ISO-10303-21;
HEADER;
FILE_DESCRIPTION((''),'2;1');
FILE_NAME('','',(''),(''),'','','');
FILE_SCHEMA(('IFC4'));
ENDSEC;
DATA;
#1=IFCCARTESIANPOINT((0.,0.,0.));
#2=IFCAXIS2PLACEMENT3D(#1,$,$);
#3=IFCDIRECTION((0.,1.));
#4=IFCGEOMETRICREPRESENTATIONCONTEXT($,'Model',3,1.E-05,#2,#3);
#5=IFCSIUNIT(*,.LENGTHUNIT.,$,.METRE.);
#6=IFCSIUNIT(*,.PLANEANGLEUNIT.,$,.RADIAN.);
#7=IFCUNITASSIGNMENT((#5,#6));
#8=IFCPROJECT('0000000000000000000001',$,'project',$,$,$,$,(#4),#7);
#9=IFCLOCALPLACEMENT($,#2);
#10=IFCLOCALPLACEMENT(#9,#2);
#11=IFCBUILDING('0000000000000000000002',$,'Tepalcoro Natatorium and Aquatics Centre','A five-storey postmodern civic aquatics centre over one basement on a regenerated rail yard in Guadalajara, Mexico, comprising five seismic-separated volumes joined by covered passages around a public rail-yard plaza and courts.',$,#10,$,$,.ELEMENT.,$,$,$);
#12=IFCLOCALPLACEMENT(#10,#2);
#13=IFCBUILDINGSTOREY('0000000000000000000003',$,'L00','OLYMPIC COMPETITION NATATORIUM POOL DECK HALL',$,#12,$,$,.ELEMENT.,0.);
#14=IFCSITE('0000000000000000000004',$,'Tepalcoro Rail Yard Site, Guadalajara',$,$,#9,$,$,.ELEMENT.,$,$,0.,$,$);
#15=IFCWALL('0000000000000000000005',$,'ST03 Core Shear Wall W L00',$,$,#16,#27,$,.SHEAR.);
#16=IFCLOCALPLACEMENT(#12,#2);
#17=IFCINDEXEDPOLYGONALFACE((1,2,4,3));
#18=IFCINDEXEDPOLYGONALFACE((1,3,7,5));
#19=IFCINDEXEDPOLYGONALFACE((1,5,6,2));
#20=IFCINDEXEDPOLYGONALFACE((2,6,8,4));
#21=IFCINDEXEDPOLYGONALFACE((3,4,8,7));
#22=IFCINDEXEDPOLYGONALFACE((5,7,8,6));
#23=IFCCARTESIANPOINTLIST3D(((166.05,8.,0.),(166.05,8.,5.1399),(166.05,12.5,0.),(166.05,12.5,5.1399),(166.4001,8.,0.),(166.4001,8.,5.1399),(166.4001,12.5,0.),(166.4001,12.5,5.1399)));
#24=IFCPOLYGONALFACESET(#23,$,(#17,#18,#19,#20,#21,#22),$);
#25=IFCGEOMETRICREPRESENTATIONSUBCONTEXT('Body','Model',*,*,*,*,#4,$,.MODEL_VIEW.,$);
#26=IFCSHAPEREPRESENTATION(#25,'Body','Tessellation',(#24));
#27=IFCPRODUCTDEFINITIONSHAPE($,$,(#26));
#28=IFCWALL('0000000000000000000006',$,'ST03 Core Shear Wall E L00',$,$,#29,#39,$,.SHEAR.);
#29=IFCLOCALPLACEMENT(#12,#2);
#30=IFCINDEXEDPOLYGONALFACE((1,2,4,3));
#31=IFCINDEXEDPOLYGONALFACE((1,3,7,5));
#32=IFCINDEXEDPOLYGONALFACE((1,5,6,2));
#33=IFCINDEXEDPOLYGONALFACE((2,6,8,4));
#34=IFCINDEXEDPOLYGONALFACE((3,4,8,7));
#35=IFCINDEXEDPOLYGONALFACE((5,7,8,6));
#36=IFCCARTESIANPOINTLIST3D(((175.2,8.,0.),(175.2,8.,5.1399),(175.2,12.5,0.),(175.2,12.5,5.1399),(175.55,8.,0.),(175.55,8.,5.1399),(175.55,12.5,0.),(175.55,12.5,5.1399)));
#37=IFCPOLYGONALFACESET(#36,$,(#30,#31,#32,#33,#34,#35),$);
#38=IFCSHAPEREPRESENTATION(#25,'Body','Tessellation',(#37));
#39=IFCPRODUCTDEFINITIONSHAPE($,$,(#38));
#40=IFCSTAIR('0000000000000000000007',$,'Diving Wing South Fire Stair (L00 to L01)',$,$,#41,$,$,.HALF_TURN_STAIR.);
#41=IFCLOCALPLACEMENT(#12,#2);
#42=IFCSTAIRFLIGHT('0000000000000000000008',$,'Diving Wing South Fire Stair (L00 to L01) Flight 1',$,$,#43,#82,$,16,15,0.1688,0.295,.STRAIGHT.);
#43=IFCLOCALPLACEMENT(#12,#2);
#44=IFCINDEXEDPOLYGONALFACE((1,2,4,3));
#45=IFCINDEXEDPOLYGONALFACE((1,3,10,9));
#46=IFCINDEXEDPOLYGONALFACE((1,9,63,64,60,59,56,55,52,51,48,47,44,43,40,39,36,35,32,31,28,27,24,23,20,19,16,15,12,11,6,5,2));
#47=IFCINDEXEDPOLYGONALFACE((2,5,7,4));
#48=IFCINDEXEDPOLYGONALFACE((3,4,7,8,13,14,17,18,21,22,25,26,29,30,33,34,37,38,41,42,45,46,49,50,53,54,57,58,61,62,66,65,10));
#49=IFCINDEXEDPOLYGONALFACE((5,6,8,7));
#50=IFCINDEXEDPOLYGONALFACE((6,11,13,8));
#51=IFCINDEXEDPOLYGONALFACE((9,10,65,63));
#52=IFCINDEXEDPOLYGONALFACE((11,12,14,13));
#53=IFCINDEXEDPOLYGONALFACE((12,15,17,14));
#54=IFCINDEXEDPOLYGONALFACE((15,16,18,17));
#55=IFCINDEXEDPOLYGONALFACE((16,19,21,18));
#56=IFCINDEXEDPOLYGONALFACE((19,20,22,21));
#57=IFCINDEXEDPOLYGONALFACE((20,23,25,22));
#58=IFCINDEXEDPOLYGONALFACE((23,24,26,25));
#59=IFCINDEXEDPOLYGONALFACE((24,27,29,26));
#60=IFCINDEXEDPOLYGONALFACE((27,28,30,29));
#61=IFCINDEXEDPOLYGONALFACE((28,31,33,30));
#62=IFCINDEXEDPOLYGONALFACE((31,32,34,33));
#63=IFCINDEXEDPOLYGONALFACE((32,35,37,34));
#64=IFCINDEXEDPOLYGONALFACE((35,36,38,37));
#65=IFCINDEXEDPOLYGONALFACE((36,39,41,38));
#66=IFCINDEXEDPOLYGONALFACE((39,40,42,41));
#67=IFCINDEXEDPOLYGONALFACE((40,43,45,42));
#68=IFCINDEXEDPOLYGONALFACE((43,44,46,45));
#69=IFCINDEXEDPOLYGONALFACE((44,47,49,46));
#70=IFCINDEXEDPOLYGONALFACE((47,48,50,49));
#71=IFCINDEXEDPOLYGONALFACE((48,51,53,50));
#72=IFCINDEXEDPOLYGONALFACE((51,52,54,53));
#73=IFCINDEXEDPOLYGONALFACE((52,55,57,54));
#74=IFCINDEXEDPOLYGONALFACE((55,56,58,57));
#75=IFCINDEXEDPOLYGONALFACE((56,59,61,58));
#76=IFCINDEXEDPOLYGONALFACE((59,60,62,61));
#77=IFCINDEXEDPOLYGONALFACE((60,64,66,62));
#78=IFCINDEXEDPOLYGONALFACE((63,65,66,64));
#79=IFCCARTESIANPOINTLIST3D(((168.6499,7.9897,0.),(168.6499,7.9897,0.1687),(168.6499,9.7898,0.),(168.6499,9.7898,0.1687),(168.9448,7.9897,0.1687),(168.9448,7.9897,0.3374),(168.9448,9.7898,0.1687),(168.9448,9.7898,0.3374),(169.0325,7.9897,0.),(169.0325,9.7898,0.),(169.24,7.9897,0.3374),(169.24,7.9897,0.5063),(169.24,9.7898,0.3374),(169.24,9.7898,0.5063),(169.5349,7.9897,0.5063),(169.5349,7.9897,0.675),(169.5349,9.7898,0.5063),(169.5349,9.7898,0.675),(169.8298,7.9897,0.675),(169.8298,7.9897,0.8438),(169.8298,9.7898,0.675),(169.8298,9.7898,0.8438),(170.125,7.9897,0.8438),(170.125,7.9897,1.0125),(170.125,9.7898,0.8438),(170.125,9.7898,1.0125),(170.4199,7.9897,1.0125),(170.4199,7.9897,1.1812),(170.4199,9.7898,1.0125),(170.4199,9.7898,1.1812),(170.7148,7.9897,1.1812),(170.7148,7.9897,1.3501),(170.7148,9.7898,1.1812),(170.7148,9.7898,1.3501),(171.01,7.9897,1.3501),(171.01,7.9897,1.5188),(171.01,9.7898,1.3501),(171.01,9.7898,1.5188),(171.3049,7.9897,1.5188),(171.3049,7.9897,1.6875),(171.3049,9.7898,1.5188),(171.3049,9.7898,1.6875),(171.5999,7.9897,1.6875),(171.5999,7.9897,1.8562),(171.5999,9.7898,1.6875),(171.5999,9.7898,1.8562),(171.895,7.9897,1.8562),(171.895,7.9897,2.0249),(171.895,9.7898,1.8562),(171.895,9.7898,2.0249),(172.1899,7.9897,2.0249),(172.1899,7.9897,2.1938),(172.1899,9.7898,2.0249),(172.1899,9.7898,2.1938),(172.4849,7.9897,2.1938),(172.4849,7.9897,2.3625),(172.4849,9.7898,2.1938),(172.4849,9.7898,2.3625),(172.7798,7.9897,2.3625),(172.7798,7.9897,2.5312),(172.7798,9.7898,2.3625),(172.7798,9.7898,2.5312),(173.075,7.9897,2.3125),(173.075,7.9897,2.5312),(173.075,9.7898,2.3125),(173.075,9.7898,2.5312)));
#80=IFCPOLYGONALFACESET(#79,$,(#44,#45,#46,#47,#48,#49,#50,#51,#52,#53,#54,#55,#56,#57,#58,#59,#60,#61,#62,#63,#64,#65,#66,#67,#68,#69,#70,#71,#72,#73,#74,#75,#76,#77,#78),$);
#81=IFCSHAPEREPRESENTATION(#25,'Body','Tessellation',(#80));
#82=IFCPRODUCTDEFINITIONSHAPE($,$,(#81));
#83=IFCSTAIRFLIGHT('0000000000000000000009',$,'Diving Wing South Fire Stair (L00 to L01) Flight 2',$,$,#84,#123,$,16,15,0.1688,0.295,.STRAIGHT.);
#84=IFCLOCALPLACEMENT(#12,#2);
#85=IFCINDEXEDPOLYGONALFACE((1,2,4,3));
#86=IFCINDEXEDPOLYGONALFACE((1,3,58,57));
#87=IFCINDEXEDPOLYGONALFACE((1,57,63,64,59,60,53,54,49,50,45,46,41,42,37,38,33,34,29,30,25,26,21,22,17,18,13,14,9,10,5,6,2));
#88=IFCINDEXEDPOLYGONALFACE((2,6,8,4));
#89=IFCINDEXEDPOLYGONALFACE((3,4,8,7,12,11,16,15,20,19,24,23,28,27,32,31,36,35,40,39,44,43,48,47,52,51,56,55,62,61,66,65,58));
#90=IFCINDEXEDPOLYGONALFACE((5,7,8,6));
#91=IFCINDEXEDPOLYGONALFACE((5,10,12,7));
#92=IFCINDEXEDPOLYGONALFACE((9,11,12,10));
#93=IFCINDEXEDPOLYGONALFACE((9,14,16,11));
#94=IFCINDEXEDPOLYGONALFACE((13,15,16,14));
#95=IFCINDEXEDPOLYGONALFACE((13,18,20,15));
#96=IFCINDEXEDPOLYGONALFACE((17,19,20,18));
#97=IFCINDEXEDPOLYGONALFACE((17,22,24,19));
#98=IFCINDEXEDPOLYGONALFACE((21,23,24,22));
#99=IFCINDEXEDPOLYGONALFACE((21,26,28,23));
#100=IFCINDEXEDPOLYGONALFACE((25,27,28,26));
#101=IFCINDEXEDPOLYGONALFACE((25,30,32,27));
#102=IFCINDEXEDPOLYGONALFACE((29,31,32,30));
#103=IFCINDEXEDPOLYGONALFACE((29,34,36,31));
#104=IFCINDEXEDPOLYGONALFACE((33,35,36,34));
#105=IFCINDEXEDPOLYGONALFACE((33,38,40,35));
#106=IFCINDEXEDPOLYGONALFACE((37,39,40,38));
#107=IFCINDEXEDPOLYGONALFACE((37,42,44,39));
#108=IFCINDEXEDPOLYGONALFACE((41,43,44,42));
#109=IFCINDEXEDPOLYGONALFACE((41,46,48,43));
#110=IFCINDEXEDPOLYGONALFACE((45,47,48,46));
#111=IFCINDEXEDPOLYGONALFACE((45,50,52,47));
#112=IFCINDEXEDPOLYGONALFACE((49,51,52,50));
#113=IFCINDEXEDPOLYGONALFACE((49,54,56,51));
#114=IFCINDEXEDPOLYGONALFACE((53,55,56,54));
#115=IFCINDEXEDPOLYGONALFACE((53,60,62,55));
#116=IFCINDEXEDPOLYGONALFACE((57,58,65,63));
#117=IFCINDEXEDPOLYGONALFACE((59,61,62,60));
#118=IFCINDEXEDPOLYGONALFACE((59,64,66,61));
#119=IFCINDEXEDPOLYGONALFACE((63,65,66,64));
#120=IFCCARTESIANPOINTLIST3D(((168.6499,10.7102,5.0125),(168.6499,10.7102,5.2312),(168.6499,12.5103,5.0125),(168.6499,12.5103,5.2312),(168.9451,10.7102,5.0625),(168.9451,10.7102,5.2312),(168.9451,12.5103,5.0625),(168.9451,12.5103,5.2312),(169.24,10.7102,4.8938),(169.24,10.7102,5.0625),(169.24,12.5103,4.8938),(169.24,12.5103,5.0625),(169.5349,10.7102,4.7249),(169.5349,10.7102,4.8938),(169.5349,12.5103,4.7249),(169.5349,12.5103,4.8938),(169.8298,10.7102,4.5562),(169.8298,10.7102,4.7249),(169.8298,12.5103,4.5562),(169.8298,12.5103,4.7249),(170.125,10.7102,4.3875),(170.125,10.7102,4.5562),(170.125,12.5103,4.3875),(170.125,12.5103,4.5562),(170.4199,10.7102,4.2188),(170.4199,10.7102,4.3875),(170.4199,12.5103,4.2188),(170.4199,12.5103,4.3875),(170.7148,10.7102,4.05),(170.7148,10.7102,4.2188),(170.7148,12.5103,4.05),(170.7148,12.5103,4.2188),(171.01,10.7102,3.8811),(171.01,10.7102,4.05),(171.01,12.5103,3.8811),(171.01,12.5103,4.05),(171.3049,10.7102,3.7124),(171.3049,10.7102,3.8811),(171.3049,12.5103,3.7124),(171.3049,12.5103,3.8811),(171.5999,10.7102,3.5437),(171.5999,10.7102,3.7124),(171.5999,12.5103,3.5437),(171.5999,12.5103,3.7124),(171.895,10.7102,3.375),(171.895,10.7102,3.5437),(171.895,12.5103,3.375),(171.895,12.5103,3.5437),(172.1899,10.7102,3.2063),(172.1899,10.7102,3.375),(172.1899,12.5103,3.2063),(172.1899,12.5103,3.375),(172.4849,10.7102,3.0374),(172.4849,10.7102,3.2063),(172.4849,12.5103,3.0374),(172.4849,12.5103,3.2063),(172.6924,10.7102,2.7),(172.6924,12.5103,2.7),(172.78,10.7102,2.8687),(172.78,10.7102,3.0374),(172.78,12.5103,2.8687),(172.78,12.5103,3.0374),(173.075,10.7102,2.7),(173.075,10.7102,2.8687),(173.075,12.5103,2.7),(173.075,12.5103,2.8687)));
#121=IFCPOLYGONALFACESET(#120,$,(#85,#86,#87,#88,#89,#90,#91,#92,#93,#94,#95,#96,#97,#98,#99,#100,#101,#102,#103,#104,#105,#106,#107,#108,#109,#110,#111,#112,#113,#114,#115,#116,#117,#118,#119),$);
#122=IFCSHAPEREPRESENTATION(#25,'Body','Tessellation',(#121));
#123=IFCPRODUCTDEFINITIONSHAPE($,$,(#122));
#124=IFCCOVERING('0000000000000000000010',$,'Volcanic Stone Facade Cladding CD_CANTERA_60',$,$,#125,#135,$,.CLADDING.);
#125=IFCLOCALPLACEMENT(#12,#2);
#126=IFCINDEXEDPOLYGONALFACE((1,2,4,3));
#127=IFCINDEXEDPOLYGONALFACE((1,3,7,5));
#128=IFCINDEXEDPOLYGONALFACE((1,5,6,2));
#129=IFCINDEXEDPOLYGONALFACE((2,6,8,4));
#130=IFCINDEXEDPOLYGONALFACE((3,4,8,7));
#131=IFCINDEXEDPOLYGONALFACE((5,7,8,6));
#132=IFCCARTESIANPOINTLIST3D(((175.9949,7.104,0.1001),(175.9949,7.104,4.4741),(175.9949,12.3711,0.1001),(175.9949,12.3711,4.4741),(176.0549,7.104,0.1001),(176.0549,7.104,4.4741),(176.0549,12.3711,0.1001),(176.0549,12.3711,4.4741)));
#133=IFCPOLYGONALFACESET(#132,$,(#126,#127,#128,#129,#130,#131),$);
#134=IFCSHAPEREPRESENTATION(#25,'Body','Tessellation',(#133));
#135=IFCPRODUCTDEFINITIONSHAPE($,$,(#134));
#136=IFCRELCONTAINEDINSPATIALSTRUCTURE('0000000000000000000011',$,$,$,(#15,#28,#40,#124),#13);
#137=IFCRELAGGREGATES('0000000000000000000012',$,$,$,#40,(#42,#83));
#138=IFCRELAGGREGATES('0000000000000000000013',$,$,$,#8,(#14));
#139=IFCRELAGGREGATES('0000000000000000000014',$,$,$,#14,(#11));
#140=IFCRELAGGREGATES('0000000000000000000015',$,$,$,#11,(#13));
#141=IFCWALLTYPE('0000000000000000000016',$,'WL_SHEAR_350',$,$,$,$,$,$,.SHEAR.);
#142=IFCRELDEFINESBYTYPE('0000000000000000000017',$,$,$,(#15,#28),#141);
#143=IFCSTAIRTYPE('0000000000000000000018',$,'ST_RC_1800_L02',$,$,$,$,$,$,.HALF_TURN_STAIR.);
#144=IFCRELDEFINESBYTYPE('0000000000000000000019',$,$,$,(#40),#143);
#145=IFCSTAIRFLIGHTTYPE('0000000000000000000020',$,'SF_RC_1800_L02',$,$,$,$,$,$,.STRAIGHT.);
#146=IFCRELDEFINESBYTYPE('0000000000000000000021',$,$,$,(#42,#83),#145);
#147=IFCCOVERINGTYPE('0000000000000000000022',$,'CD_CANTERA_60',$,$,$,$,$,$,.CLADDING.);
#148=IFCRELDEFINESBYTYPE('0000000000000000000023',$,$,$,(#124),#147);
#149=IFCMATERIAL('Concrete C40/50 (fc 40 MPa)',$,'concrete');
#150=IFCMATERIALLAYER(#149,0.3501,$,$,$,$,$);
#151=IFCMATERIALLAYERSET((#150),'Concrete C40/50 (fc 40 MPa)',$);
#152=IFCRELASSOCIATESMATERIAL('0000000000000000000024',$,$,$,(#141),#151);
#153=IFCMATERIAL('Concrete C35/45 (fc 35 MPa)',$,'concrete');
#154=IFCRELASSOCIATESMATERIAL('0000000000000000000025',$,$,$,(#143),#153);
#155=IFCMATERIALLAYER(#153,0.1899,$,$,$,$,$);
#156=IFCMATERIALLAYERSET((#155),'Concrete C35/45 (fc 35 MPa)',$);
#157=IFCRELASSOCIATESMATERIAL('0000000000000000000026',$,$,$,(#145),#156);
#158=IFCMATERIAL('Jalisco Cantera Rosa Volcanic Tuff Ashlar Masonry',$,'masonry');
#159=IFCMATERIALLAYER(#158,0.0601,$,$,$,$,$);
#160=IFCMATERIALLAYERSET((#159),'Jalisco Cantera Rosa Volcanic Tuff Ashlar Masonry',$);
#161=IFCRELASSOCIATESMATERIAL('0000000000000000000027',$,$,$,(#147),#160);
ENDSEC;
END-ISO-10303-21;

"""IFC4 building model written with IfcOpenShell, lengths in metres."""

from ifc_helpers import new_model, si_unit, direction, frame, frame_2d, origin, origin_2d, place, context, subcontext, project, spatial, polyline, rectangle, outline, extrude, material, layer, layer_set, type_object, element, aggregate, save


model = new_model("IFC4")

# Units and contexts
model_context = context("Model", 3, precision=1e-05, world=origin(), true_north=direction((0.0, 1.0)))
body_context = subcontext(model_context, "Body", "Model", "MODEL_VIEW")
ifc_project = project(units=[si_unit("LENGTHUNIT", "METRE"), si_unit("PLANEANGLEUNIT", "RADIAN")], contexts=[model_context])

# Site, building, storey
site_placement = place(None, origin())
site = spatial("IfcSite", under=ifc_project, at=site_placement, Name="Tepalcoro Rail Yard Site, Guadalajara", CompositionType="ELEMENT", RefElevation=0.0)
building_placement = place(site_placement, origin())
building = spatial("IfcBuilding", under=site, at=building_placement, Name="Tepalcoro Natatorium and Aquatics Centre", Description="A five-storey postmodern civic aquatics centre over one basement on a regenerated rail yard in Guadalajara, Mexico, comprising five seismic-separated volumes joined by covered passages around a public rail-yard plaza and courts.", CompositionType="ELEMENT")
storey_placement = place(building_placement, origin())
storey = spatial("IfcBuildingStorey", under=building, at=storey_placement, Name="L00", Description="OLYMPIC COMPETITION NATATORIUM POOL DECK HALL", CompositionType="ELEMENT", Elevation=0.0)

# Shared definitions
ifc_material_1 = material(Name="Concrete C40/50 (fc 40 MPa)", Category="concrete")

# Shared definitions
ifc_material_2 = material(Name="Jalisco Cantera Rosa Volcanic Tuff Ashlar Masonry", Category="masonry")
ifc_layer_1 = layer(ifc_material_1, 0.3501)
ifc_layer_set_1 = layer_set([ifc_layer_1], Name="Concrete C40/50 (fc 40 MPa)")
wall_type_1 = type_object("IfcWallType", Name="WL_SHEAR_350", PredefinedType="SHEAR", material=ifc_layer_set_1)

# Walls
for number, where, z_axis, x_axis, name in (
    (1, (166.2251, 8.0, 0.0), (0.0, 0.0, 1.0), (0.0, 1.0, 0.0), "ST03 Core Shear Wall W L00"),
    (2, (175.375, 8.0, 0.0), (0.0, 0.0, 1.0), (0.0, 1.0, 0.0), "ST03 Core Shear Wall E L00"),
):
    element("IfcWall", number, at=place(storey_placement, frame(where, z_axis=z_axis, x_axis=x_axis)), inside=storey, type_object=wall_type_1, Name=name, PredefinedType="SHEAR", context=body_context, shape_type="SweptSolid", body=[
        extrude(rectangle(XDim=4.5, YDim=0.3501, at=frame_2d((2.25, 0.0))), origin(), (0.0, 0.0, 1.0), 5.1399),
    ])

# Stair, stair flights
ifc_material_3 = material(Name="Concrete C35/45 (fc 35 MPa)", Category="concrete")
stair_type = type_object("IfcStairType", Name="ST_RC_1800_L02", PredefinedType="HALF_TURN_STAIR", material=ifc_material_3)
stair_placement = place(storey_placement, origin())
stair = element("IfcStair", 3, at=stair_placement, inside=storey, type_object=stair_type, Name="Diving Wing South Fire Stair (L00 to L01)", PredefinedType="HALF_TURN_STAIR")
ifc_layer_2 = layer(ifc_material_3, 0.1899)
ifc_layer_set_2 = layer_set([ifc_layer_2], Name="Concrete C35/45 (fc 35 MPa)")
stair_flight_type = type_object("IfcStairFlightType", Name="SF_RC_1800_L02", PredefinedType="STRAIGHT", material=ifc_layer_set_2)
stair_flight_1_placement = place(storey_placement, frame((168.6499, 8.8899, 0.0), z_axis=(0.0, 0.0, 1.0), x_axis=(1.0, 0.0, 0.0)))
stair_flight_1 = element("IfcStairFlight", 4, at=stair_flight_1_placement, type_object=stair_flight_type, Name="Diving Wing South Fire Stair (L00 to L01) Flight 1", NumberOfRisers=16, NumberOfTreads=15, PredefinedType="STRAIGHT", RiserHeight=0.1688, TreadLength=0.295, context=body_context, shape_type="SweptSolid", body=[
    extrude(outline(polyline([(0.0, 0.0), (0.0, 0.1687), (0.2949, 0.1687), (0.2949, 0.3374), (0.5901, 0.3374), (0.5901, 0.5063), (0.885, 0.5063), (0.885, 0.675), (1.1799, 0.675), (1.1799, 0.8438), (1.4751, 0.8438), (1.4751, 1.0125), (1.77, 1.0125), (1.77, 1.1812), (2.0649, 1.1812), (2.0649, 1.3501), (2.3601, 1.3501), (2.3601, 1.5188), (2.655, 1.5188), (2.655, 1.6875), (2.95, 1.6875), (2.95, 1.8562), (3.2451, 1.8562), (3.2451, 2.0249), (3.54, 2.0249), (3.54, 2.1938), (3.835, 2.1938), (3.835, 2.3625), (4.1299, 2.3625), (4.1299, 2.5312), (4.425, 2.5312), (4.425, 2.7), (4.425, 2.3125), (0.3826, 0.0), (0.0, 0.0)])), frame((0.0, 0.8999, 0.0), z_axis=(0.0, -1.0, 0.0), x_axis=(1.0, 0.0, 0.0)), (0.0, 0.0, 1.0), 1.8),
])
stair_flight_2_placement = place(storey_placement, frame((173.075, 11.6101, 2.7), z_axis=(0.0, 0.0, 1.0), x_axis=(-1.0, 0.0, 0.0)))
stair_flight_2 = element("IfcStairFlight", 5, at=stair_flight_2_placement, type_object=stair_flight_type, Name="Diving Wing South Fire Stair (L00 to L01) Flight 2", NumberOfRisers=16, NumberOfTreads=15, PredefinedType="STRAIGHT", RiserHeight=0.1688, TreadLength=0.295, context=body_context, shape_type="SweptSolid", body=[
    extrude(outline(polyline([(0.0, 0.0), (0.0, 0.1687), (0.2949, 0.1687), (0.2949, 0.3374), (0.5901, 0.3374), (0.5901, 0.5063), (0.885, 0.5063), (0.885, 0.675), (1.1799, 0.675), (1.1799, 0.8438), (1.4751, 0.8438), (1.4751, 1.0125), (1.77, 1.0125), (1.77, 1.1812), (2.0649, 1.1812), (2.0649, 1.3501), (2.3601, 1.3501), (2.3601, 1.5188), (2.655, 1.5188), (2.655, 1.6875), (2.95, 1.6875), (2.95, 1.8562), (3.2451, 1.8562), (3.2451, 2.0249), (3.54, 2.0249), (3.54, 2.1938), (3.835, 2.1938), (3.835, 2.3625), (4.1299, 2.3625), (4.1299, 2.5312), (4.425, 2.5312), (4.425, 2.7), (4.425, 2.3125), (0.3826, 0.0), (0.0, 0.0)])), frame((0.0, 0.8999, 0.0), z_axis=(0.0, -1.0, 0.0), x_axis=(1.0, 0.0, 0.0)), (0.0, 0.0, 1.0), 1.8),
])
aggregate(stair, [stair_flight_1, stair_flight_2])

# Covering
ifc_layer_3 = layer(ifc_material_2, 0.0601)
ifc_layer_set_3 = layer_set([ifc_layer_3], Name="Jalisco Cantera Rosa Volcanic Tuff Ashlar Masonry")
covering_type = type_object("IfcCoveringType", Name="CD_CANTERA_60", PredefinedType="CLADDING", material=ifc_layer_set_3)
covering_placement = place(storey_placement, frame((176.0249, 9.7375, 0.1001), z_axis=(0.0, 0.0, 1.0), x_axis=(1.0, 0.0, 0.0)))
element("IfcCovering", 6, at=covering_placement, inside=storey, type_object=covering_type, Name="Volcanic Stone Facade Cladding CD_CANTERA_60", PredefinedType="CLADDING", context=body_context, shape_type="SweptSolid", body=[
    extrude(rectangle(XDim=0.0601, YDim=5.2671, at=origin_2d()), origin(), (0.0, 0.0, 1.0), 4.374),
])

save(model, "model.ifc")
